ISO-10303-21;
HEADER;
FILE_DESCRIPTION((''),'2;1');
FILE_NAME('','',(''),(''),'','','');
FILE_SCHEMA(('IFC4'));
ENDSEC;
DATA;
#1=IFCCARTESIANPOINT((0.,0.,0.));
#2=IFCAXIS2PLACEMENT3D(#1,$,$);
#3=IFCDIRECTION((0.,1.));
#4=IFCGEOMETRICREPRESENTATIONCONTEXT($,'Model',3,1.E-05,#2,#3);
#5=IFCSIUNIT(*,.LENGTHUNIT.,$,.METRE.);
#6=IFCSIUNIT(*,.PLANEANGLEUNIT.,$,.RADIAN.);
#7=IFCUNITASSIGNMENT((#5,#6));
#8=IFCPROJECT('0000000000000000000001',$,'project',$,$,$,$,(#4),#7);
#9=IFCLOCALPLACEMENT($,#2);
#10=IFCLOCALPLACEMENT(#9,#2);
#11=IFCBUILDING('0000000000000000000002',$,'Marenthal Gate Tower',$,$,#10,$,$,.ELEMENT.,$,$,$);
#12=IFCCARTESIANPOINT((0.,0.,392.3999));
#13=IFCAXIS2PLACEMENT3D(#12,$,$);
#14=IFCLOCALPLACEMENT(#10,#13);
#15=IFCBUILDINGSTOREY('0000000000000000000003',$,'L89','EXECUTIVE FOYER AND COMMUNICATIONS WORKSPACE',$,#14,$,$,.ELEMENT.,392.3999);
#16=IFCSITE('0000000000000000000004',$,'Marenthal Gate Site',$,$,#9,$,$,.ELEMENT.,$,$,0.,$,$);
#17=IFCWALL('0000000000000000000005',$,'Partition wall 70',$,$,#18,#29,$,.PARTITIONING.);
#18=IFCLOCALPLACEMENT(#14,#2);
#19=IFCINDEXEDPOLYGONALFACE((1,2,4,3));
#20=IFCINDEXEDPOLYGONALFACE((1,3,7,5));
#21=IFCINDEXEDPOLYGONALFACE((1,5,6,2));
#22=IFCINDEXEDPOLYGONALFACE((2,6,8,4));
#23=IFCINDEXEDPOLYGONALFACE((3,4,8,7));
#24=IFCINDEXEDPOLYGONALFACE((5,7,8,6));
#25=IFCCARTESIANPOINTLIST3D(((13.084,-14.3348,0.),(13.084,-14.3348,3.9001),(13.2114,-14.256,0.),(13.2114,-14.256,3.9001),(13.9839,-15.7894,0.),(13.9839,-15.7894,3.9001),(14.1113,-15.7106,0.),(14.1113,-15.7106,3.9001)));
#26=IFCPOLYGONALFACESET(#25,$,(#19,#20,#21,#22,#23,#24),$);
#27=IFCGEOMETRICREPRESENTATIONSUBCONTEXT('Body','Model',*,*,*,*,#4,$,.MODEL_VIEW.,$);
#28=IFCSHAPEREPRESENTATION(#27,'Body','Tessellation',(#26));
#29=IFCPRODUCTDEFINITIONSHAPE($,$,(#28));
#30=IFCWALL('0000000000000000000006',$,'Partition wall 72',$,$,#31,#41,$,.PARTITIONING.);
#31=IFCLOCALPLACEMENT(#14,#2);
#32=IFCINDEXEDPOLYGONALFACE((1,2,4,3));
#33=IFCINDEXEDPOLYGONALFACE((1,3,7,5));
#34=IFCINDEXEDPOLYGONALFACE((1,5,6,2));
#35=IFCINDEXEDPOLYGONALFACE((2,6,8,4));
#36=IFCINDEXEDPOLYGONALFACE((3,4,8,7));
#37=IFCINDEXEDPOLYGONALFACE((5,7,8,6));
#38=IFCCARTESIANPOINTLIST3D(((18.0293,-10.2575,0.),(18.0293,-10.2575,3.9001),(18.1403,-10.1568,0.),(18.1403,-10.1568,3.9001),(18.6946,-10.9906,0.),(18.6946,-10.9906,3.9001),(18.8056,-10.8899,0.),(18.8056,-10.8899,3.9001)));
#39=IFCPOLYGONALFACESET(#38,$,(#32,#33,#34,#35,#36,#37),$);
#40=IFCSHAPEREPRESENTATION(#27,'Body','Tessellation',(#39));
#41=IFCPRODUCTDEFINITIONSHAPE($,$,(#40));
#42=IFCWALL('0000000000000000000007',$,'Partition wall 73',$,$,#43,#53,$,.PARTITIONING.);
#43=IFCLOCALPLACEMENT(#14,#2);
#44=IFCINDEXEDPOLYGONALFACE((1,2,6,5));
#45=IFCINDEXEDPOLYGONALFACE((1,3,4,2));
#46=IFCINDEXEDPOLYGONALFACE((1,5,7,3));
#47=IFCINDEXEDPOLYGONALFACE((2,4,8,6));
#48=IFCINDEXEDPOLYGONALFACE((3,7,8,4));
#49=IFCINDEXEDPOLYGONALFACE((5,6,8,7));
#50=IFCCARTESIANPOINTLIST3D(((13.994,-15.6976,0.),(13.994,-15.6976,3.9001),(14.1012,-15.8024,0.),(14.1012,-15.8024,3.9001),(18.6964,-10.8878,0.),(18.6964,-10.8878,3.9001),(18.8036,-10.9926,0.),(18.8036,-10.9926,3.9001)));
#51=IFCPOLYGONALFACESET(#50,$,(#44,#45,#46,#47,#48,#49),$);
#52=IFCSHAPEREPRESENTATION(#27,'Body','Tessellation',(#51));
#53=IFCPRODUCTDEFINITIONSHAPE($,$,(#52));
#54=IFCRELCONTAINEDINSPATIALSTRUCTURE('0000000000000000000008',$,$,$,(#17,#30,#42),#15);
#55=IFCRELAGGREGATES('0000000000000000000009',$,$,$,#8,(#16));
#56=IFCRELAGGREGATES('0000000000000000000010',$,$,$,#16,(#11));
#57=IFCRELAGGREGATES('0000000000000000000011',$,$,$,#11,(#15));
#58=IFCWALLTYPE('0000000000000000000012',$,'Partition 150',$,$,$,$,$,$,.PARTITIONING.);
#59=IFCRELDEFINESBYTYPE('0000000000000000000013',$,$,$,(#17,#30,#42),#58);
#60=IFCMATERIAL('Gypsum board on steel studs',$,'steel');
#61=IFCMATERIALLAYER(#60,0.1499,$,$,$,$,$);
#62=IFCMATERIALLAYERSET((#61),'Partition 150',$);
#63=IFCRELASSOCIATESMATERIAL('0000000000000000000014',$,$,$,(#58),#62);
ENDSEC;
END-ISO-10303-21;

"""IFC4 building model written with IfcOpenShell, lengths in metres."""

from ifc_helpers import new_model, si_unit, direction, frame, frame_2d, origin, place, context, subcontext, project, spatial, rectangle, extrude, material, layer, layer_set, type_object, element, save


model = new_model("IFC4")

# Units and contexts
model_context = context("Model", 3, precision=1e-05, world=origin(), true_north=direction((0.0, 1.0)))
body_context = subcontext(model_context, "Body", "Model", "MODEL_VIEW")
ifc_project = project(units=[si_unit("LENGTHUNIT", "METRE"), si_unit("PLANEANGLEUNIT", "RADIAN")], contexts=[model_context])

# Site, building, storey
site_placement = place(None, origin())
site = spatial("IfcSite", under=ifc_project, at=site_placement, Name="Marenthal Gate Site", CompositionType="ELEMENT", RefElevation=0.0)
building_placement = place(site_placement, origin())
building = spatial("IfcBuilding", under=site, at=building_placement, Name="Marenthal Gate Tower", CompositionType="ELEMENT")
storey_placement = place(building_placement, frame((0.0, 0.0, 392.3999)))
storey = spatial("IfcBuildingStorey", under=building, at=storey_placement, Name="L89", Description="EXECUTIVE FOYER AND COMMUNICATIONS WORKSPACE", CompositionType="ELEMENT", Elevation=392.3999)

# Walls
ifc_material_1 = material(Name="Gypsum board on steel studs", Category="steel")
ifc_layer_1 = layer(ifc_material_1, 0.1499)
ifc_layer_set_1 = layer_set([ifc_layer_1], Name="Partition 150")
wall_type_1 = type_object("IfcWallType", Name="Partition 150", PredefinedType="PARTITIONING", material=ifc_layer_set_1)
wall_1_placement = place(storey_placement, frame((14.0476, -15.75, 0.0), z_axis=(0.0, 0.0, 1.0), x_axis=(-0.526119, 0.850411, 0.0)))
element("IfcWall", 1, at=wall_1_placement, inside=storey, type_object=wall_type_1, Name="Partition wall 70", PredefinedType="PARTITIONING", context=body_context, shape_type="SweptSolid", body=[
    extrude(rectangle(XDim=1.7104, YDim=0.1499, at=frame_2d((0.8552, 0.0))), origin(), (0.0, 0.0, 1.0), 3.9001),
])
wall_2_placement = place(storey_placement, frame((18.0847, -10.207, 0.0), z_axis=(0.0, 0.0, 1.0), x_axis=(0.671997, -0.740553, 0.0)))
element("IfcWall", 2, at=wall_2_placement, inside=storey, type_object=wall_type_1, Name="Partition wall 72", PredefinedType="PARTITIONING", context=body_context, shape_type="SweptSolid", body=[
    extrude(rectangle(XDim=0.99, YDim=0.1499, at=frame_2d((0.4951, 0.0))), origin(), (0.0, 0.0, 1.0), 3.9001),
])
wall_3_placement = place(storey_placement, frame((18.75, -10.9402, 0.0), z_axis=(0.0, 0.0, 1.0), x_axis=(-0.699077, -0.715047, 0.0)))
element("IfcWall", 3, at=wall_3_placement, inside=storey, type_object=wall_type_1, Name="Partition wall 73", PredefinedType="PARTITIONING", context=body_context, shape_type="SweptSolid", body=[
    extrude(rectangle(XDim=6.7266, YDim=0.1499, at=frame_2d((3.3633, 0.0))), origin(), (0.0, 0.0, 1.0), 3.9001),
])

save(model, "model.ifc")
